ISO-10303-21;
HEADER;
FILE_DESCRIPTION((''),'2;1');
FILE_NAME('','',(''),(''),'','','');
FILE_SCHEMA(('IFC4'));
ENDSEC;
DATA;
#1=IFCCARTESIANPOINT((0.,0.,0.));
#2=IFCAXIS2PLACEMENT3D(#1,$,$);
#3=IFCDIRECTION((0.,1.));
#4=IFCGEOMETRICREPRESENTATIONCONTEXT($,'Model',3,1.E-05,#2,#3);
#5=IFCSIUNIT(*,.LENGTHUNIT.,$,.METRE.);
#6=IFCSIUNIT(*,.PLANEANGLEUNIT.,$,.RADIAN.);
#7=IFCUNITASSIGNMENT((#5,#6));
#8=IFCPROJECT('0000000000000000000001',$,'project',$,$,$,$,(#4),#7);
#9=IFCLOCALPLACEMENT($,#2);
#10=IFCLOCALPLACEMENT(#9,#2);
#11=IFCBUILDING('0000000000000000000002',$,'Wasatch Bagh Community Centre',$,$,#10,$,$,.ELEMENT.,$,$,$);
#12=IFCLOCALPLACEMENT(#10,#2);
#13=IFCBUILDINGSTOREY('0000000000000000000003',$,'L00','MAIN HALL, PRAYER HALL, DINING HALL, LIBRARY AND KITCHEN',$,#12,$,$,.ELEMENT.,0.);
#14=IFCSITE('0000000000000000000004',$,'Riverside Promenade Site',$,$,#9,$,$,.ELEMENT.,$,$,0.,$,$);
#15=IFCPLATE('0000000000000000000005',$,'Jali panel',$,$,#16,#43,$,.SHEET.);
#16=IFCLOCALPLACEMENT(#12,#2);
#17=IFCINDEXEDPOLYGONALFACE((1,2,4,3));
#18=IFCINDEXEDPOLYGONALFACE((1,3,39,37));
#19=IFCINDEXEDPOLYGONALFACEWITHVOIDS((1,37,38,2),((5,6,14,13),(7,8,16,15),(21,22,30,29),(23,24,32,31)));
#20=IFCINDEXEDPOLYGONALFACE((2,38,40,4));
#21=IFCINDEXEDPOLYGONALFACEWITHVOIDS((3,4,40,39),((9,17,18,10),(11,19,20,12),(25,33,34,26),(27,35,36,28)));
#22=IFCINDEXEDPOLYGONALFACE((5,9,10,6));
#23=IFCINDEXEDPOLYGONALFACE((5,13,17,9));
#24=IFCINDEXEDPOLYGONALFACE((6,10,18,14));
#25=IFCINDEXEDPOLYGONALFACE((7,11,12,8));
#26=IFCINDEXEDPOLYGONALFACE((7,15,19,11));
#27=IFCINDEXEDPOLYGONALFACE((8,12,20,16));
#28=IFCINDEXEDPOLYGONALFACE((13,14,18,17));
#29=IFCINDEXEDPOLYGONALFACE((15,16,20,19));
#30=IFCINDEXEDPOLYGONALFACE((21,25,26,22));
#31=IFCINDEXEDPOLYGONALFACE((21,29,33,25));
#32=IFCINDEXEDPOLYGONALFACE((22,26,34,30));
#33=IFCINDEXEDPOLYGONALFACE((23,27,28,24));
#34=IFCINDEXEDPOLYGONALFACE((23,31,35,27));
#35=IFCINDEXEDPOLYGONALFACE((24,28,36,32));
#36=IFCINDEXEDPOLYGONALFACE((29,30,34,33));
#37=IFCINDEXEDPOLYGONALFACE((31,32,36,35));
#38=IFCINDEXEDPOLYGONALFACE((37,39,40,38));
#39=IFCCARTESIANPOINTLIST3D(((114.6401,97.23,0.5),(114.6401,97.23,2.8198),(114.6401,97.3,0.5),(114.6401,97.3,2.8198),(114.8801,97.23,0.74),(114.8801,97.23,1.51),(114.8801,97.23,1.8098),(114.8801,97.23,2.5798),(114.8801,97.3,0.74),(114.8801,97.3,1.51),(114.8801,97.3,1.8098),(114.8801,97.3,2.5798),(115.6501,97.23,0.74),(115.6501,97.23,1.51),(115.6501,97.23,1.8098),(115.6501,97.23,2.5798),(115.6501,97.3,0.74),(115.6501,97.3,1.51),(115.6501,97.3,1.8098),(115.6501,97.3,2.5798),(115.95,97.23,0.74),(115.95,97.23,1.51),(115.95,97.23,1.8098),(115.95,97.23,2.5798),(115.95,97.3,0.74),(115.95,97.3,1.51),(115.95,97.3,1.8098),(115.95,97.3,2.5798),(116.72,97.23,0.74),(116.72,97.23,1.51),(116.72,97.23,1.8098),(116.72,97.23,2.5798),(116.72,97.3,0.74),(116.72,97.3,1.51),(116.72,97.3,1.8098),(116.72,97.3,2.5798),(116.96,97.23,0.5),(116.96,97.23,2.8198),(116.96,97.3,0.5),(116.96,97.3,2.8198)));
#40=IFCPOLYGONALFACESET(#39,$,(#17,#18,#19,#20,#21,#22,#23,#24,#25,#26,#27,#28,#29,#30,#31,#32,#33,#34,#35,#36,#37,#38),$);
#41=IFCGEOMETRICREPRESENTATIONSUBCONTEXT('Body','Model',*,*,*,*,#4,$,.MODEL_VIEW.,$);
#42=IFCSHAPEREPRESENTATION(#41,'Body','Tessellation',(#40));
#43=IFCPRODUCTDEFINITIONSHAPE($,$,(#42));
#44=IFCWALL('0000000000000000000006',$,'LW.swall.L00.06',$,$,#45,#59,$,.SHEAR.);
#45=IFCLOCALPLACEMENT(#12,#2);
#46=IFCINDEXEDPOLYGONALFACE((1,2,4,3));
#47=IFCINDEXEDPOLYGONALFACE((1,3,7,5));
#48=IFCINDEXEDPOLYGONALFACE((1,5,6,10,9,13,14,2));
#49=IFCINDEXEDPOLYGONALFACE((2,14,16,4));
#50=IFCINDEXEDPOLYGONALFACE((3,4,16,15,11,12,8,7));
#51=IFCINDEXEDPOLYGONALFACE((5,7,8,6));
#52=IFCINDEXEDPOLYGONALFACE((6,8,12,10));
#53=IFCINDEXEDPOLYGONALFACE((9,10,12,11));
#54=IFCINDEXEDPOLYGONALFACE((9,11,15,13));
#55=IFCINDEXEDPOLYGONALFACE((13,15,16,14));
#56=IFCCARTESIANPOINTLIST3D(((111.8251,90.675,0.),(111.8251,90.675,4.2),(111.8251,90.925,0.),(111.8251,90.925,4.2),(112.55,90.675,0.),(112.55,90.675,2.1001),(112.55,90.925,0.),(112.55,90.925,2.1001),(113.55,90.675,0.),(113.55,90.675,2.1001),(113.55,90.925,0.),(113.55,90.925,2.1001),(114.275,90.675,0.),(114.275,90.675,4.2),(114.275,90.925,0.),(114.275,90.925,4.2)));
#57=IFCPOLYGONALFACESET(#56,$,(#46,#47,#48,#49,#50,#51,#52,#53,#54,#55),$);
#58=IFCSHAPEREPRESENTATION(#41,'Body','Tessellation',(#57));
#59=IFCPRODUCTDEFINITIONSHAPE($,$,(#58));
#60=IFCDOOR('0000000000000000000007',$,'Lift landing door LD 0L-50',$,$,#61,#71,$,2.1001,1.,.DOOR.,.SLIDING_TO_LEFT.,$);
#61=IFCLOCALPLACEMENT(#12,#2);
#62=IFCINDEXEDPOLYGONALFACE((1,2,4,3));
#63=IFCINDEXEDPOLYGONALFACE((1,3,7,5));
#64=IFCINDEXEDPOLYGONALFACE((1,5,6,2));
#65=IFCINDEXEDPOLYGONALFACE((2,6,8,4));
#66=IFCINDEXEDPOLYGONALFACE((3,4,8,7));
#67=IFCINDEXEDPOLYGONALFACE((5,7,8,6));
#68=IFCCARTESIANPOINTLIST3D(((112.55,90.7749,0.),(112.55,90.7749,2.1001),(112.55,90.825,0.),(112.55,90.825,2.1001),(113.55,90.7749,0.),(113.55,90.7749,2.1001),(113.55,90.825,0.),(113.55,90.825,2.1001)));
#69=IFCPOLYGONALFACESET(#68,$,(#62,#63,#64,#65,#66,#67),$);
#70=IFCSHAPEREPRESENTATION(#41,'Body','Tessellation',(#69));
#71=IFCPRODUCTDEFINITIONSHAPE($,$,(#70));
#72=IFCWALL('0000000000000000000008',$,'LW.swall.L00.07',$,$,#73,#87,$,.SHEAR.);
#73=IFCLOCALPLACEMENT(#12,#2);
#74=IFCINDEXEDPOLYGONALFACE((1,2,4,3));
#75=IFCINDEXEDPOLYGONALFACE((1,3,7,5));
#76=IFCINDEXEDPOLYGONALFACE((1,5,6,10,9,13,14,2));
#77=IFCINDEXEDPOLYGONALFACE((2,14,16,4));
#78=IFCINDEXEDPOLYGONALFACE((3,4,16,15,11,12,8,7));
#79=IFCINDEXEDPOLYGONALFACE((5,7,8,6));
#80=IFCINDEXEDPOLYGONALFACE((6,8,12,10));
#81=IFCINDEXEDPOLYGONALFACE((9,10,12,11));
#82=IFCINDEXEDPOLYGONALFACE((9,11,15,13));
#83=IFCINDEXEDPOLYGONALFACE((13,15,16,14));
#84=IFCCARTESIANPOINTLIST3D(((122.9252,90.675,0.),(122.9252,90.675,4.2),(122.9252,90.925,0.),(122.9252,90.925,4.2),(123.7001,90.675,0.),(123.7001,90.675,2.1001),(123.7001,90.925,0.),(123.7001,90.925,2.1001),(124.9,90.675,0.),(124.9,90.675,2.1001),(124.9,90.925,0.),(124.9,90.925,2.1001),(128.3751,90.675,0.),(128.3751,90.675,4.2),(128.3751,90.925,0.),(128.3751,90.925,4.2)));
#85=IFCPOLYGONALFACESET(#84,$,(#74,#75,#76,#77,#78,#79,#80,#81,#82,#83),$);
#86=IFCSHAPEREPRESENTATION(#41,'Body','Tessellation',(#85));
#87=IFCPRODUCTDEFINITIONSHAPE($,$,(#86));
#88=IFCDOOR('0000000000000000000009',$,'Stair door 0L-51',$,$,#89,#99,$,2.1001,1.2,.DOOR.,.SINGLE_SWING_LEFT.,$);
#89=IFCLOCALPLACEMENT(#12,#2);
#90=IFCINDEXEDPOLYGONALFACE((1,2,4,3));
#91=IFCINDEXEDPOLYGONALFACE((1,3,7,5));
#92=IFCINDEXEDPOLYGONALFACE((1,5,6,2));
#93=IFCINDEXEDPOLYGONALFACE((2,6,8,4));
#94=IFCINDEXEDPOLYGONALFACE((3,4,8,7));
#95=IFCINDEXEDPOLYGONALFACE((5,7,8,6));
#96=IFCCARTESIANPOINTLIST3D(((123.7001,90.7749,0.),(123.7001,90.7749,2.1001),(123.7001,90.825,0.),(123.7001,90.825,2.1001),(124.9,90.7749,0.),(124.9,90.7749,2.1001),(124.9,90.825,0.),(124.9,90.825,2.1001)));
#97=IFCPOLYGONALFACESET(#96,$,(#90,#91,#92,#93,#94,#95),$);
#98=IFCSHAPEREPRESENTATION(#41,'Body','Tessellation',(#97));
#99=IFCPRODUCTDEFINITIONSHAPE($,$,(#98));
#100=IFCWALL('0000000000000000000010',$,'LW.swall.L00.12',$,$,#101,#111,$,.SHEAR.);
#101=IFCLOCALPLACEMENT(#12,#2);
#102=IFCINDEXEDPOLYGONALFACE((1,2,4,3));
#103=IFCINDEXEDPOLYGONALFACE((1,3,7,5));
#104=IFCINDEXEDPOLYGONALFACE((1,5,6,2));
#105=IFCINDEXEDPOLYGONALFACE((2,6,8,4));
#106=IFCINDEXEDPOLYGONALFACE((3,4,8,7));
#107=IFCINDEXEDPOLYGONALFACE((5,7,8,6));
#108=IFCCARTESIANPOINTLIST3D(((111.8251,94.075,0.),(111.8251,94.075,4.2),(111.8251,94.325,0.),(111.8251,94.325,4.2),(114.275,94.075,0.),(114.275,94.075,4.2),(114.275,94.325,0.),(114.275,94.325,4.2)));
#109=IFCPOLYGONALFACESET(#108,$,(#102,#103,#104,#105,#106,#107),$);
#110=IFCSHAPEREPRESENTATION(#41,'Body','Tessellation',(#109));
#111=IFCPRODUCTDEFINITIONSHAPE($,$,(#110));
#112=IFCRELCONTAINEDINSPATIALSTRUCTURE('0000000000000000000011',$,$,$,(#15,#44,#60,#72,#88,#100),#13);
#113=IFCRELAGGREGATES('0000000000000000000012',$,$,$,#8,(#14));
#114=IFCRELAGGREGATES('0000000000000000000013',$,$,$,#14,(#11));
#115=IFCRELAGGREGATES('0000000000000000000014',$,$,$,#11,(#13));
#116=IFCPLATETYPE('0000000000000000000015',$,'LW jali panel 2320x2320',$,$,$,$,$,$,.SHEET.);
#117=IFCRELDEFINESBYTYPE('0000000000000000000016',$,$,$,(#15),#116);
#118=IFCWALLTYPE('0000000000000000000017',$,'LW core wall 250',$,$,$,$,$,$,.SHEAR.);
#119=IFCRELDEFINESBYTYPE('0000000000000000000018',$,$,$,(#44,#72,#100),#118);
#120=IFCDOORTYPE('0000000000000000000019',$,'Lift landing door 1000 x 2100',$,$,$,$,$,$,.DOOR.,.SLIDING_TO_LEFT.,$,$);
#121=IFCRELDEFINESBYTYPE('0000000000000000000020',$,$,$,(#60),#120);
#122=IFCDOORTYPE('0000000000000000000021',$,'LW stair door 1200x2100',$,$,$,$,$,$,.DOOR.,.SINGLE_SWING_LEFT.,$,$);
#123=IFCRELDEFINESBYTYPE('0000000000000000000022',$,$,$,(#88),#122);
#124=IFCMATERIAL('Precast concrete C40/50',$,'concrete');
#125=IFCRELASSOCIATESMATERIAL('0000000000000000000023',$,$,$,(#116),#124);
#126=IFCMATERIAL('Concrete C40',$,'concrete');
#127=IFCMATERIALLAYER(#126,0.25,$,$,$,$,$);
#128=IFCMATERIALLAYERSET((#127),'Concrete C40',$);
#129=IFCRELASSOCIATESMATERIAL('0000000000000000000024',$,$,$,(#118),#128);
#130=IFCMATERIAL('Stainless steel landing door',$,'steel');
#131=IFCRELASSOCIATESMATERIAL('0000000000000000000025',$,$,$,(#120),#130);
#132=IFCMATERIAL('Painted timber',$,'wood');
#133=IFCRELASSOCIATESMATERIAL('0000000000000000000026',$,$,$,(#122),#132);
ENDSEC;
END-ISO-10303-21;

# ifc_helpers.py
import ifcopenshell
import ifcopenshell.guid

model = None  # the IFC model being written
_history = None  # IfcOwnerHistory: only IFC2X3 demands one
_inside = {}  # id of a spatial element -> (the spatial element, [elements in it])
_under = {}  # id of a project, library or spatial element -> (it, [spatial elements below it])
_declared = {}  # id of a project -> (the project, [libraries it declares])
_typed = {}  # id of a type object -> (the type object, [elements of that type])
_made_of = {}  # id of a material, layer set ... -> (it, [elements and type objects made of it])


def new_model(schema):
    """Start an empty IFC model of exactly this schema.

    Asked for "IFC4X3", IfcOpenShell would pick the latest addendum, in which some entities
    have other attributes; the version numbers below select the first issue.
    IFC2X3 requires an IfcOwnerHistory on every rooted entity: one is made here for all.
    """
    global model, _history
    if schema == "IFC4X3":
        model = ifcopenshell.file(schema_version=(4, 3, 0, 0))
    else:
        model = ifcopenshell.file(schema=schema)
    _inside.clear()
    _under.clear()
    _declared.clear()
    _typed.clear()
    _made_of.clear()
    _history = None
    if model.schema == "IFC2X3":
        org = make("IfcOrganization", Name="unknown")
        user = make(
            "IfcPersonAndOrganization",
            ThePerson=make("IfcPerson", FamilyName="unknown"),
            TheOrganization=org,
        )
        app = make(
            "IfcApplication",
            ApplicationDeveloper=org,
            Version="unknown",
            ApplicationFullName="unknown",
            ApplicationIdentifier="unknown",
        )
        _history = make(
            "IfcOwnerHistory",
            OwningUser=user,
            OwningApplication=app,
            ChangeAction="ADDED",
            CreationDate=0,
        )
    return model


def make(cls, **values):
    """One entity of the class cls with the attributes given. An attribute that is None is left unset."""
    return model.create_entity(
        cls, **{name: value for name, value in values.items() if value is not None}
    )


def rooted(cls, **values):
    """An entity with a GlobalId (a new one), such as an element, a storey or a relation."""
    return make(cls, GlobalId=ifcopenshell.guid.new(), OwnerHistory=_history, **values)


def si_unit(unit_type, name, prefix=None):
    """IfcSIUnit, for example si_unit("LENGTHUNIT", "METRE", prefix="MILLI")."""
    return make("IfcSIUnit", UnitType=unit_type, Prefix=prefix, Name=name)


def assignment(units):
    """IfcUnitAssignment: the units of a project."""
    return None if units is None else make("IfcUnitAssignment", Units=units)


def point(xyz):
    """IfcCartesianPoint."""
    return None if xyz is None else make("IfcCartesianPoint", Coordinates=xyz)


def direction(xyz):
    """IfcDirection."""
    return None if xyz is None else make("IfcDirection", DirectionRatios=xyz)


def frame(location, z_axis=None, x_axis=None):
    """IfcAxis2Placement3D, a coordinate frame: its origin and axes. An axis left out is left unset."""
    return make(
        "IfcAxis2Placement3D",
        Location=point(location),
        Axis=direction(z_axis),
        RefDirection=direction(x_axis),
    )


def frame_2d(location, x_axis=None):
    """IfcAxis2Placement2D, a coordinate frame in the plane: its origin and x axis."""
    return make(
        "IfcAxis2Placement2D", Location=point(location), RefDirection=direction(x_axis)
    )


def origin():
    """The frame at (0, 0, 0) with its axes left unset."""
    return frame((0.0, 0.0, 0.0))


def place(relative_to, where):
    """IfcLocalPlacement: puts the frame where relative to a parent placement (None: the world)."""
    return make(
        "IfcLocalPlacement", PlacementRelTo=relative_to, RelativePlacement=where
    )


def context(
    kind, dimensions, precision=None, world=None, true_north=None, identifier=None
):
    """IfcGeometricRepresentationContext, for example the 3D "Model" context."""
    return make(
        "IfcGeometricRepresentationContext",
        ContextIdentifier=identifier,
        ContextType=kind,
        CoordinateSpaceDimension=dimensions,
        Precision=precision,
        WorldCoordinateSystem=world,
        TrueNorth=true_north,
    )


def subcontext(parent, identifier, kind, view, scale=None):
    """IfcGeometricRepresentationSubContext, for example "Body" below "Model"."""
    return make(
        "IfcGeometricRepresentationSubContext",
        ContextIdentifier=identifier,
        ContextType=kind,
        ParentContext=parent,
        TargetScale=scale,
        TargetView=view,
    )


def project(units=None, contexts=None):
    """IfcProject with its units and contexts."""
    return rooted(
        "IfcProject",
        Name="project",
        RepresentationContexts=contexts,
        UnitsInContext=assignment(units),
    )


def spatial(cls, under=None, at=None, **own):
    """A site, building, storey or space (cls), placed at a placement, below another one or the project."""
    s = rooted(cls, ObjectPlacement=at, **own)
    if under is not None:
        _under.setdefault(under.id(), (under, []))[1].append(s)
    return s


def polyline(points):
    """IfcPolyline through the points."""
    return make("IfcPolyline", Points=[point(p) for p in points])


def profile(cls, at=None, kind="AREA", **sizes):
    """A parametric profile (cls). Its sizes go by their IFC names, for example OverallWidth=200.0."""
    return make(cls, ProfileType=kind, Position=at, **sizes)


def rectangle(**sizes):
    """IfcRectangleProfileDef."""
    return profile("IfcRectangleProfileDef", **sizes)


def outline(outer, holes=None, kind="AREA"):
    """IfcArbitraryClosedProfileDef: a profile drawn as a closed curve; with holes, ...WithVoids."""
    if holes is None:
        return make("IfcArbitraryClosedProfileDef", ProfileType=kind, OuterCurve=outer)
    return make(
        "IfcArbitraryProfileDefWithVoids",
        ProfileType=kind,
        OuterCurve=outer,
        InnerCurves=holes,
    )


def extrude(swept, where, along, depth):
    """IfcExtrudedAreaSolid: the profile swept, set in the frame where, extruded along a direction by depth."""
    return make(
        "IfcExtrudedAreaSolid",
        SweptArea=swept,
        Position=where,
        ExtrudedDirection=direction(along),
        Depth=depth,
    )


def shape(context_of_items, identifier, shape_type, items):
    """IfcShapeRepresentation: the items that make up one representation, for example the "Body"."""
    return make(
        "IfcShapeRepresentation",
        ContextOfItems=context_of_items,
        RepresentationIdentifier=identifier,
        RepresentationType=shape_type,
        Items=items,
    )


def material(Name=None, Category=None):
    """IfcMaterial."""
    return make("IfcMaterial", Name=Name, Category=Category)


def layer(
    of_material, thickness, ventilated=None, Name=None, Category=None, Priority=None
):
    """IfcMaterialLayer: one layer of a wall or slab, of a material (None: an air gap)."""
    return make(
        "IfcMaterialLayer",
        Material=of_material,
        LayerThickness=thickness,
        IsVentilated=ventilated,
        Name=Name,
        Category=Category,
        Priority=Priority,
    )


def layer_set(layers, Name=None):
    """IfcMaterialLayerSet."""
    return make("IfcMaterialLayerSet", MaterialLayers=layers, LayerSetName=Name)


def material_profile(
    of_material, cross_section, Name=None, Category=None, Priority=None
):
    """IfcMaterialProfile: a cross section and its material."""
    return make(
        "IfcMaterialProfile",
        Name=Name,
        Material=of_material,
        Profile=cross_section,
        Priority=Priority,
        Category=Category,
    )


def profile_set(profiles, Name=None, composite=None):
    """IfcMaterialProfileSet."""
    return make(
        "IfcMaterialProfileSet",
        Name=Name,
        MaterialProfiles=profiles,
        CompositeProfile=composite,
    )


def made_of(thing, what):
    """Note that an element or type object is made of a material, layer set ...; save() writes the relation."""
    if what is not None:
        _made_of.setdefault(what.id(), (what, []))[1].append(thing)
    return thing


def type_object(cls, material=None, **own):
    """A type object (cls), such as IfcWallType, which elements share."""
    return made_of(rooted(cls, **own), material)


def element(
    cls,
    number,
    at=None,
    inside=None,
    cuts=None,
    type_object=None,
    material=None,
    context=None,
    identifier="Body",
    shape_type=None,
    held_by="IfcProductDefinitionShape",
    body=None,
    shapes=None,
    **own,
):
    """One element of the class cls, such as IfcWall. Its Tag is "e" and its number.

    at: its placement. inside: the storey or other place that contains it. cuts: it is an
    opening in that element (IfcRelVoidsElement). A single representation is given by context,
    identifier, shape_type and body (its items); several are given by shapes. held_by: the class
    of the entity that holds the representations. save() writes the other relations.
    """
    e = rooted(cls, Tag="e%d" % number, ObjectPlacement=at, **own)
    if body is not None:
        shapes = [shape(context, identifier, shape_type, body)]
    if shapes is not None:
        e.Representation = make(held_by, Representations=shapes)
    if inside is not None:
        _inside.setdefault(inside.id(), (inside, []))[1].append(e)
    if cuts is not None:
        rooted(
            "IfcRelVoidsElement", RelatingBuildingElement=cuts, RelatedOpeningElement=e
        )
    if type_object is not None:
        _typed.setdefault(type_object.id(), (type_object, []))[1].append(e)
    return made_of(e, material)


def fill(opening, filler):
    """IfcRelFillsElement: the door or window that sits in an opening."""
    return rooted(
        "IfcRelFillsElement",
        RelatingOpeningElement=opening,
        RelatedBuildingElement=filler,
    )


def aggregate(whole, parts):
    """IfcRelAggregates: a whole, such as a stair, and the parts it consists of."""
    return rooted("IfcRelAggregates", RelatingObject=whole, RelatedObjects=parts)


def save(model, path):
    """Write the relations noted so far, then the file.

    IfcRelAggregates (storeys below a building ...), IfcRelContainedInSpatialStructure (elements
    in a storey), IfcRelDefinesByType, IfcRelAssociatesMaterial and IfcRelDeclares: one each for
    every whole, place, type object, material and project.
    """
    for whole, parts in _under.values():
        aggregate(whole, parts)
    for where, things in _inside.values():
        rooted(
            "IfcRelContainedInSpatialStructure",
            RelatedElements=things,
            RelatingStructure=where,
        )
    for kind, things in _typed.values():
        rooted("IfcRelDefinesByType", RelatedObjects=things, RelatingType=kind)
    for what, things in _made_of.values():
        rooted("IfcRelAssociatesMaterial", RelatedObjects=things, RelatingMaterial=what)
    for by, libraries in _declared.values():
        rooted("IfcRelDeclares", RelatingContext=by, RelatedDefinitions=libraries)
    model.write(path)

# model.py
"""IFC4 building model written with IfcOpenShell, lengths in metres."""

from ifc_helpers import new_model, si_unit, direction, frame, frame_2d, origin, place, context, subcontext, project, spatial, polyline, rectangle, outline, extrude, material, layer, layer_set, material_profile, profile_set, type_object, element, fill, save


model = new_model("IFC4")

# Units and contexts
model_context = context("Model", 3, precision=1e-05, world=origin(), true_north=direction((0.0, 1.0)))
body_context = subcontext(model_context, "Body", "Model", "MODEL_VIEW")
ifc_project = project(units=[si_unit("LENGTHUNIT", "METRE"), si_unit("PLANEANGLEUNIT", "RADIAN")], contexts=[model_context])

# Site, building, storey
site_placement = place(None, origin())
site = spatial("IfcSite", under=ifc_project, at=site_placement, Name="Riverside Promenade Site", CompositionType="ELEMENT", RefElevation=0.0)
building_placement = place(site_placement, origin())
building = spatial("IfcBuilding", under=site, at=building_placement, Name="Wasatch Bagh Community Centre", CompositionType="ELEMENT")
storey_placement = place(building_placement, origin())
storey = spatial("IfcBuildingStorey", under=building, at=storey_placement, Name="L00", Description="MAIN HALL, PRAYER HALL, DINING HALL, LIBRARY AND KITCHEN", CompositionType="ELEMENT", Elevation=0.0)

# Plate
ifc_material_1 = material(Name="Precast concrete C40/50", Category="concrete")
ifc_material_profile_1 = material_profile(ifc_material_1, outline(polyline([(-1.1599, -1.1599), (1.1599, -1.1599), (1.1599, 1.1599), (-1.1599, 1.1599), (-1.1599, -1.1599)]), holes=[polyline([(-0.9199, -0.9199), (-0.1499, -0.9199), (-0.1499, -0.1499), (-0.9199, -0.1499), (-0.9199, -0.9199)]), polyline([(-0.9199, 0.1499), (-0.1499, 0.1499), (-0.1499, 0.9199), (-0.9199, 0.9199), (-0.9199, 0.1499)]), polyline([(0.1499, -0.9199), (0.9199, -0.9199), (0.9199, -0.1499), (0.1499, -0.1499), (0.1499, -0.9199)]), polyline([(0.1499, 0.1499), (0.9199, 0.1499), (0.9199, 0.9199), (0.1499, 0.9199), (0.1499, 0.1499)])]), Name="Jali lattice")
ifc_profile_set_1 = profile_set([ifc_material_profile_1], Name="Precast concrete C40/50")
plate_type = type_object("IfcPlateType", Name="LW jali panel 2320x2320", PredefinedType="SHEET", material=ifc_profile_set_1)
plate_placement = place(storey_placement, frame((115.8, 97.3, 1.6599), z_axis=(0.0, -1.0, 0.0), x_axis=(1.0, 0.0, 0.0)))
element("IfcPlate", 1, at=plate_placement, inside=storey, type_object=plate_type, Name="Jali panel", PredefinedType="SHEET", context=body_context, shape_type="SweptSolid", body=[
    extrude(outline(polyline([(-1.1599, -1.1599), (1.1599, -1.1599), (1.1599, 1.1599), (-1.1599, 1.1599), (-1.1599, -1.1599)]), holes=[polyline([(-0.9199, -0.9199), (-0.1499, -0.9199), (-0.1499, -0.1499), (-0.9199, -0.1499), (-0.9199, -0.9199)]), polyline([(-0.9199, 0.1499), (-0.1499, 0.1499), (-0.1499, 0.9199), (-0.9199, 0.9199), (-0.9199, 0.1499)]), polyline([(0.1499, -0.9199), (0.9199, -0.9199), (0.9199, -0.1499), (0.1499, -0.1499), (0.1499, -0.9199)]), polyline([(0.1499, 0.1499), (0.9199, 0.1499), (0.9199, 0.9199), (0.1499, 0.9199), (0.1499, 0.1499)])]), origin(), (0.0, 0.0, 1.0), 0.0701),
])

# Walls, openings, doors
ifc_material_2 = material(Name="Concrete C40", Category="concrete")
ifc_layer = layer(ifc_material_2, 0.25)
ifc_layer_set = layer_set([ifc_layer], Name="Concrete C40")
wall_type = type_object("IfcWallType", Name="LW core wall 250", PredefinedType="SHEAR", material=ifc_layer_set)
wall_1_placement = place(storey_placement, frame((111.825, 90.8, 0.0), z_axis=(0.0, 0.0, 1.0), x_axis=(1.0, 0.0, 0.0)))
wall_1 = element("IfcWall", 2, at=wall_1_placement, inside=storey, type_object=wall_type, Name="LW.swall.L00.06", PredefinedType="SHEAR", context=body_context, shape_type="SweptSolid", body=[
    extrude(rectangle(XDim=2.45, YDim=0.25, at=frame_2d((1.2251, 0.0))), origin(), (0.0, 0.0, 1.0), 4.2),
])
opening_1_placement = place(wall_1_placement, frame((0.7251, 0.0, 0.0)))
opening_1 = element("IfcOpeningElement", 3, at=opening_1_placement, cuts=wall_1, PredefinedType="OPENING", context=body_context, shape_type="SweptSolid", body=[
    extrude(rectangle(XDim=1.0, YDim=2.1001, at=frame_2d((0.5, 1.05))), frame((0.0, 0.135, 0.0), z_axis=(0.0, -1.0, 0.0), x_axis=(1.0, 0.0, 0.0)), (0.0, 0.0, 1.0), 0.27),
])
ifc_material_3 = material(Name="Stainless steel landing door", Category="steel")
door_type_1 = type_object("IfcDoorType", Name="Lift landing door 1000 x 2100", OperationType="SLIDING_TO_LEFT", PredefinedType="DOOR", material=ifc_material_3)
door_1_placement = place(opening_1_placement, origin())
door_1 = element("IfcDoor", 4, at=door_1_placement, inside=storey, type_object=door_type_1, Name="Lift landing door LD 0L-50", OperationType="SLIDING_TO_LEFT", OverallHeight=2.1001, OverallWidth=1.0, PredefinedType="DOOR", context=body_context, shape_type="SweptSolid", body=[
    extrude(rectangle(XDim=1.0, YDim=2.1001, at=frame_2d((0.5, 1.05))), frame((0.0, 0.0249, 0.0), z_axis=(0.0, -1.0, 0.0), x_axis=(1.0, 0.0, 0.0)), (0.0, 0.0, 1.0), 0.05),
])
fill(opening_1, door_1)
wall_2_placement = place(storey_placement, frame((122.925, 90.8, 0.0), z_axis=(0.0, 0.0, 1.0), x_axis=(1.0, 0.0, 0.0)))
wall_2 = element("IfcWall", 5, at=wall_2_placement, inside=storey, type_object=wall_type, Name="LW.swall.L00.07", PredefinedType="SHEAR", context=body_context, shape_type="SweptSolid", body=[
    extrude(rectangle(XDim=5.45, YDim=0.25, at=frame_2d((2.7251, 0.0))), origin(), (0.0, 0.0, 1.0), 4.2),
])
opening_2_placement = place(wall_2_placement, frame((0.7749, 0.0, 0.0)))
opening_2 = element("IfcOpeningElement", 6, at=opening_2_placement, cuts=wall_2, PredefinedType="OPENING", context=body_context, shape_type="SweptSolid", body=[
    extrude(rectangle(XDim=1.2, YDim=2.1001, at=frame_2d((0.6001, 1.05))), frame((0.0, 0.135, 0.0), z_axis=(0.0, -1.0, 0.0), x_axis=(1.0, 0.0, 0.0)), (0.0, 0.0, 1.0), 0.27),
])
ifc_material_4 = material(Name="Painted timber", Category="wood")
door_type_2 = type_object("IfcDoorType", Name="LW stair door 1200x2100", OperationType="SINGLE_SWING_LEFT", PredefinedType="DOOR", material=ifc_material_4)
door_2_placement = place(opening_2_placement, origin())
door_2 = element("IfcDoor", 7, at=door_2_placement, inside=storey, type_object=door_type_2, Name="Stair door 0L-51", OperationType="SINGLE_SWING_LEFT", OverallHeight=2.1001, OverallWidth=1.2, PredefinedType="DOOR", context=body_context, shape_type="SweptSolid", body=[
    extrude(rectangle(XDim=1.2, YDim=2.1001, at=frame_2d((0.6001, 1.05))), frame((0.0, 0.0249, 0.0), z_axis=(0.0, -1.0, 0.0), x_axis=(1.0, 0.0, 0.0)), (0.0, 0.0, 1.0), 0.05),
])
fill(opening_2, door_2)

# Wall
wall_3_placement = place(storey_placement, frame((111.825, 94.2, 0.0), z_axis=(0.0, 0.0, 1.0), x_axis=(1.0, 0.0, 0.0)))
element("IfcWall", 8, at=wall_3_placement, inside=storey, type_object=wall_type, Name="LW.swall.L00.12", PredefinedType="SHEAR", context=body_context, shape_type="SweptSolid", body=[
    extrude(rectangle(XDim=2.45, YDim=0.25, at=frame_2d((1.2251, 0.0))), origin(), (0.0, 0.0, 1.0), 4.2),
])

save(model, "model.ifc")
